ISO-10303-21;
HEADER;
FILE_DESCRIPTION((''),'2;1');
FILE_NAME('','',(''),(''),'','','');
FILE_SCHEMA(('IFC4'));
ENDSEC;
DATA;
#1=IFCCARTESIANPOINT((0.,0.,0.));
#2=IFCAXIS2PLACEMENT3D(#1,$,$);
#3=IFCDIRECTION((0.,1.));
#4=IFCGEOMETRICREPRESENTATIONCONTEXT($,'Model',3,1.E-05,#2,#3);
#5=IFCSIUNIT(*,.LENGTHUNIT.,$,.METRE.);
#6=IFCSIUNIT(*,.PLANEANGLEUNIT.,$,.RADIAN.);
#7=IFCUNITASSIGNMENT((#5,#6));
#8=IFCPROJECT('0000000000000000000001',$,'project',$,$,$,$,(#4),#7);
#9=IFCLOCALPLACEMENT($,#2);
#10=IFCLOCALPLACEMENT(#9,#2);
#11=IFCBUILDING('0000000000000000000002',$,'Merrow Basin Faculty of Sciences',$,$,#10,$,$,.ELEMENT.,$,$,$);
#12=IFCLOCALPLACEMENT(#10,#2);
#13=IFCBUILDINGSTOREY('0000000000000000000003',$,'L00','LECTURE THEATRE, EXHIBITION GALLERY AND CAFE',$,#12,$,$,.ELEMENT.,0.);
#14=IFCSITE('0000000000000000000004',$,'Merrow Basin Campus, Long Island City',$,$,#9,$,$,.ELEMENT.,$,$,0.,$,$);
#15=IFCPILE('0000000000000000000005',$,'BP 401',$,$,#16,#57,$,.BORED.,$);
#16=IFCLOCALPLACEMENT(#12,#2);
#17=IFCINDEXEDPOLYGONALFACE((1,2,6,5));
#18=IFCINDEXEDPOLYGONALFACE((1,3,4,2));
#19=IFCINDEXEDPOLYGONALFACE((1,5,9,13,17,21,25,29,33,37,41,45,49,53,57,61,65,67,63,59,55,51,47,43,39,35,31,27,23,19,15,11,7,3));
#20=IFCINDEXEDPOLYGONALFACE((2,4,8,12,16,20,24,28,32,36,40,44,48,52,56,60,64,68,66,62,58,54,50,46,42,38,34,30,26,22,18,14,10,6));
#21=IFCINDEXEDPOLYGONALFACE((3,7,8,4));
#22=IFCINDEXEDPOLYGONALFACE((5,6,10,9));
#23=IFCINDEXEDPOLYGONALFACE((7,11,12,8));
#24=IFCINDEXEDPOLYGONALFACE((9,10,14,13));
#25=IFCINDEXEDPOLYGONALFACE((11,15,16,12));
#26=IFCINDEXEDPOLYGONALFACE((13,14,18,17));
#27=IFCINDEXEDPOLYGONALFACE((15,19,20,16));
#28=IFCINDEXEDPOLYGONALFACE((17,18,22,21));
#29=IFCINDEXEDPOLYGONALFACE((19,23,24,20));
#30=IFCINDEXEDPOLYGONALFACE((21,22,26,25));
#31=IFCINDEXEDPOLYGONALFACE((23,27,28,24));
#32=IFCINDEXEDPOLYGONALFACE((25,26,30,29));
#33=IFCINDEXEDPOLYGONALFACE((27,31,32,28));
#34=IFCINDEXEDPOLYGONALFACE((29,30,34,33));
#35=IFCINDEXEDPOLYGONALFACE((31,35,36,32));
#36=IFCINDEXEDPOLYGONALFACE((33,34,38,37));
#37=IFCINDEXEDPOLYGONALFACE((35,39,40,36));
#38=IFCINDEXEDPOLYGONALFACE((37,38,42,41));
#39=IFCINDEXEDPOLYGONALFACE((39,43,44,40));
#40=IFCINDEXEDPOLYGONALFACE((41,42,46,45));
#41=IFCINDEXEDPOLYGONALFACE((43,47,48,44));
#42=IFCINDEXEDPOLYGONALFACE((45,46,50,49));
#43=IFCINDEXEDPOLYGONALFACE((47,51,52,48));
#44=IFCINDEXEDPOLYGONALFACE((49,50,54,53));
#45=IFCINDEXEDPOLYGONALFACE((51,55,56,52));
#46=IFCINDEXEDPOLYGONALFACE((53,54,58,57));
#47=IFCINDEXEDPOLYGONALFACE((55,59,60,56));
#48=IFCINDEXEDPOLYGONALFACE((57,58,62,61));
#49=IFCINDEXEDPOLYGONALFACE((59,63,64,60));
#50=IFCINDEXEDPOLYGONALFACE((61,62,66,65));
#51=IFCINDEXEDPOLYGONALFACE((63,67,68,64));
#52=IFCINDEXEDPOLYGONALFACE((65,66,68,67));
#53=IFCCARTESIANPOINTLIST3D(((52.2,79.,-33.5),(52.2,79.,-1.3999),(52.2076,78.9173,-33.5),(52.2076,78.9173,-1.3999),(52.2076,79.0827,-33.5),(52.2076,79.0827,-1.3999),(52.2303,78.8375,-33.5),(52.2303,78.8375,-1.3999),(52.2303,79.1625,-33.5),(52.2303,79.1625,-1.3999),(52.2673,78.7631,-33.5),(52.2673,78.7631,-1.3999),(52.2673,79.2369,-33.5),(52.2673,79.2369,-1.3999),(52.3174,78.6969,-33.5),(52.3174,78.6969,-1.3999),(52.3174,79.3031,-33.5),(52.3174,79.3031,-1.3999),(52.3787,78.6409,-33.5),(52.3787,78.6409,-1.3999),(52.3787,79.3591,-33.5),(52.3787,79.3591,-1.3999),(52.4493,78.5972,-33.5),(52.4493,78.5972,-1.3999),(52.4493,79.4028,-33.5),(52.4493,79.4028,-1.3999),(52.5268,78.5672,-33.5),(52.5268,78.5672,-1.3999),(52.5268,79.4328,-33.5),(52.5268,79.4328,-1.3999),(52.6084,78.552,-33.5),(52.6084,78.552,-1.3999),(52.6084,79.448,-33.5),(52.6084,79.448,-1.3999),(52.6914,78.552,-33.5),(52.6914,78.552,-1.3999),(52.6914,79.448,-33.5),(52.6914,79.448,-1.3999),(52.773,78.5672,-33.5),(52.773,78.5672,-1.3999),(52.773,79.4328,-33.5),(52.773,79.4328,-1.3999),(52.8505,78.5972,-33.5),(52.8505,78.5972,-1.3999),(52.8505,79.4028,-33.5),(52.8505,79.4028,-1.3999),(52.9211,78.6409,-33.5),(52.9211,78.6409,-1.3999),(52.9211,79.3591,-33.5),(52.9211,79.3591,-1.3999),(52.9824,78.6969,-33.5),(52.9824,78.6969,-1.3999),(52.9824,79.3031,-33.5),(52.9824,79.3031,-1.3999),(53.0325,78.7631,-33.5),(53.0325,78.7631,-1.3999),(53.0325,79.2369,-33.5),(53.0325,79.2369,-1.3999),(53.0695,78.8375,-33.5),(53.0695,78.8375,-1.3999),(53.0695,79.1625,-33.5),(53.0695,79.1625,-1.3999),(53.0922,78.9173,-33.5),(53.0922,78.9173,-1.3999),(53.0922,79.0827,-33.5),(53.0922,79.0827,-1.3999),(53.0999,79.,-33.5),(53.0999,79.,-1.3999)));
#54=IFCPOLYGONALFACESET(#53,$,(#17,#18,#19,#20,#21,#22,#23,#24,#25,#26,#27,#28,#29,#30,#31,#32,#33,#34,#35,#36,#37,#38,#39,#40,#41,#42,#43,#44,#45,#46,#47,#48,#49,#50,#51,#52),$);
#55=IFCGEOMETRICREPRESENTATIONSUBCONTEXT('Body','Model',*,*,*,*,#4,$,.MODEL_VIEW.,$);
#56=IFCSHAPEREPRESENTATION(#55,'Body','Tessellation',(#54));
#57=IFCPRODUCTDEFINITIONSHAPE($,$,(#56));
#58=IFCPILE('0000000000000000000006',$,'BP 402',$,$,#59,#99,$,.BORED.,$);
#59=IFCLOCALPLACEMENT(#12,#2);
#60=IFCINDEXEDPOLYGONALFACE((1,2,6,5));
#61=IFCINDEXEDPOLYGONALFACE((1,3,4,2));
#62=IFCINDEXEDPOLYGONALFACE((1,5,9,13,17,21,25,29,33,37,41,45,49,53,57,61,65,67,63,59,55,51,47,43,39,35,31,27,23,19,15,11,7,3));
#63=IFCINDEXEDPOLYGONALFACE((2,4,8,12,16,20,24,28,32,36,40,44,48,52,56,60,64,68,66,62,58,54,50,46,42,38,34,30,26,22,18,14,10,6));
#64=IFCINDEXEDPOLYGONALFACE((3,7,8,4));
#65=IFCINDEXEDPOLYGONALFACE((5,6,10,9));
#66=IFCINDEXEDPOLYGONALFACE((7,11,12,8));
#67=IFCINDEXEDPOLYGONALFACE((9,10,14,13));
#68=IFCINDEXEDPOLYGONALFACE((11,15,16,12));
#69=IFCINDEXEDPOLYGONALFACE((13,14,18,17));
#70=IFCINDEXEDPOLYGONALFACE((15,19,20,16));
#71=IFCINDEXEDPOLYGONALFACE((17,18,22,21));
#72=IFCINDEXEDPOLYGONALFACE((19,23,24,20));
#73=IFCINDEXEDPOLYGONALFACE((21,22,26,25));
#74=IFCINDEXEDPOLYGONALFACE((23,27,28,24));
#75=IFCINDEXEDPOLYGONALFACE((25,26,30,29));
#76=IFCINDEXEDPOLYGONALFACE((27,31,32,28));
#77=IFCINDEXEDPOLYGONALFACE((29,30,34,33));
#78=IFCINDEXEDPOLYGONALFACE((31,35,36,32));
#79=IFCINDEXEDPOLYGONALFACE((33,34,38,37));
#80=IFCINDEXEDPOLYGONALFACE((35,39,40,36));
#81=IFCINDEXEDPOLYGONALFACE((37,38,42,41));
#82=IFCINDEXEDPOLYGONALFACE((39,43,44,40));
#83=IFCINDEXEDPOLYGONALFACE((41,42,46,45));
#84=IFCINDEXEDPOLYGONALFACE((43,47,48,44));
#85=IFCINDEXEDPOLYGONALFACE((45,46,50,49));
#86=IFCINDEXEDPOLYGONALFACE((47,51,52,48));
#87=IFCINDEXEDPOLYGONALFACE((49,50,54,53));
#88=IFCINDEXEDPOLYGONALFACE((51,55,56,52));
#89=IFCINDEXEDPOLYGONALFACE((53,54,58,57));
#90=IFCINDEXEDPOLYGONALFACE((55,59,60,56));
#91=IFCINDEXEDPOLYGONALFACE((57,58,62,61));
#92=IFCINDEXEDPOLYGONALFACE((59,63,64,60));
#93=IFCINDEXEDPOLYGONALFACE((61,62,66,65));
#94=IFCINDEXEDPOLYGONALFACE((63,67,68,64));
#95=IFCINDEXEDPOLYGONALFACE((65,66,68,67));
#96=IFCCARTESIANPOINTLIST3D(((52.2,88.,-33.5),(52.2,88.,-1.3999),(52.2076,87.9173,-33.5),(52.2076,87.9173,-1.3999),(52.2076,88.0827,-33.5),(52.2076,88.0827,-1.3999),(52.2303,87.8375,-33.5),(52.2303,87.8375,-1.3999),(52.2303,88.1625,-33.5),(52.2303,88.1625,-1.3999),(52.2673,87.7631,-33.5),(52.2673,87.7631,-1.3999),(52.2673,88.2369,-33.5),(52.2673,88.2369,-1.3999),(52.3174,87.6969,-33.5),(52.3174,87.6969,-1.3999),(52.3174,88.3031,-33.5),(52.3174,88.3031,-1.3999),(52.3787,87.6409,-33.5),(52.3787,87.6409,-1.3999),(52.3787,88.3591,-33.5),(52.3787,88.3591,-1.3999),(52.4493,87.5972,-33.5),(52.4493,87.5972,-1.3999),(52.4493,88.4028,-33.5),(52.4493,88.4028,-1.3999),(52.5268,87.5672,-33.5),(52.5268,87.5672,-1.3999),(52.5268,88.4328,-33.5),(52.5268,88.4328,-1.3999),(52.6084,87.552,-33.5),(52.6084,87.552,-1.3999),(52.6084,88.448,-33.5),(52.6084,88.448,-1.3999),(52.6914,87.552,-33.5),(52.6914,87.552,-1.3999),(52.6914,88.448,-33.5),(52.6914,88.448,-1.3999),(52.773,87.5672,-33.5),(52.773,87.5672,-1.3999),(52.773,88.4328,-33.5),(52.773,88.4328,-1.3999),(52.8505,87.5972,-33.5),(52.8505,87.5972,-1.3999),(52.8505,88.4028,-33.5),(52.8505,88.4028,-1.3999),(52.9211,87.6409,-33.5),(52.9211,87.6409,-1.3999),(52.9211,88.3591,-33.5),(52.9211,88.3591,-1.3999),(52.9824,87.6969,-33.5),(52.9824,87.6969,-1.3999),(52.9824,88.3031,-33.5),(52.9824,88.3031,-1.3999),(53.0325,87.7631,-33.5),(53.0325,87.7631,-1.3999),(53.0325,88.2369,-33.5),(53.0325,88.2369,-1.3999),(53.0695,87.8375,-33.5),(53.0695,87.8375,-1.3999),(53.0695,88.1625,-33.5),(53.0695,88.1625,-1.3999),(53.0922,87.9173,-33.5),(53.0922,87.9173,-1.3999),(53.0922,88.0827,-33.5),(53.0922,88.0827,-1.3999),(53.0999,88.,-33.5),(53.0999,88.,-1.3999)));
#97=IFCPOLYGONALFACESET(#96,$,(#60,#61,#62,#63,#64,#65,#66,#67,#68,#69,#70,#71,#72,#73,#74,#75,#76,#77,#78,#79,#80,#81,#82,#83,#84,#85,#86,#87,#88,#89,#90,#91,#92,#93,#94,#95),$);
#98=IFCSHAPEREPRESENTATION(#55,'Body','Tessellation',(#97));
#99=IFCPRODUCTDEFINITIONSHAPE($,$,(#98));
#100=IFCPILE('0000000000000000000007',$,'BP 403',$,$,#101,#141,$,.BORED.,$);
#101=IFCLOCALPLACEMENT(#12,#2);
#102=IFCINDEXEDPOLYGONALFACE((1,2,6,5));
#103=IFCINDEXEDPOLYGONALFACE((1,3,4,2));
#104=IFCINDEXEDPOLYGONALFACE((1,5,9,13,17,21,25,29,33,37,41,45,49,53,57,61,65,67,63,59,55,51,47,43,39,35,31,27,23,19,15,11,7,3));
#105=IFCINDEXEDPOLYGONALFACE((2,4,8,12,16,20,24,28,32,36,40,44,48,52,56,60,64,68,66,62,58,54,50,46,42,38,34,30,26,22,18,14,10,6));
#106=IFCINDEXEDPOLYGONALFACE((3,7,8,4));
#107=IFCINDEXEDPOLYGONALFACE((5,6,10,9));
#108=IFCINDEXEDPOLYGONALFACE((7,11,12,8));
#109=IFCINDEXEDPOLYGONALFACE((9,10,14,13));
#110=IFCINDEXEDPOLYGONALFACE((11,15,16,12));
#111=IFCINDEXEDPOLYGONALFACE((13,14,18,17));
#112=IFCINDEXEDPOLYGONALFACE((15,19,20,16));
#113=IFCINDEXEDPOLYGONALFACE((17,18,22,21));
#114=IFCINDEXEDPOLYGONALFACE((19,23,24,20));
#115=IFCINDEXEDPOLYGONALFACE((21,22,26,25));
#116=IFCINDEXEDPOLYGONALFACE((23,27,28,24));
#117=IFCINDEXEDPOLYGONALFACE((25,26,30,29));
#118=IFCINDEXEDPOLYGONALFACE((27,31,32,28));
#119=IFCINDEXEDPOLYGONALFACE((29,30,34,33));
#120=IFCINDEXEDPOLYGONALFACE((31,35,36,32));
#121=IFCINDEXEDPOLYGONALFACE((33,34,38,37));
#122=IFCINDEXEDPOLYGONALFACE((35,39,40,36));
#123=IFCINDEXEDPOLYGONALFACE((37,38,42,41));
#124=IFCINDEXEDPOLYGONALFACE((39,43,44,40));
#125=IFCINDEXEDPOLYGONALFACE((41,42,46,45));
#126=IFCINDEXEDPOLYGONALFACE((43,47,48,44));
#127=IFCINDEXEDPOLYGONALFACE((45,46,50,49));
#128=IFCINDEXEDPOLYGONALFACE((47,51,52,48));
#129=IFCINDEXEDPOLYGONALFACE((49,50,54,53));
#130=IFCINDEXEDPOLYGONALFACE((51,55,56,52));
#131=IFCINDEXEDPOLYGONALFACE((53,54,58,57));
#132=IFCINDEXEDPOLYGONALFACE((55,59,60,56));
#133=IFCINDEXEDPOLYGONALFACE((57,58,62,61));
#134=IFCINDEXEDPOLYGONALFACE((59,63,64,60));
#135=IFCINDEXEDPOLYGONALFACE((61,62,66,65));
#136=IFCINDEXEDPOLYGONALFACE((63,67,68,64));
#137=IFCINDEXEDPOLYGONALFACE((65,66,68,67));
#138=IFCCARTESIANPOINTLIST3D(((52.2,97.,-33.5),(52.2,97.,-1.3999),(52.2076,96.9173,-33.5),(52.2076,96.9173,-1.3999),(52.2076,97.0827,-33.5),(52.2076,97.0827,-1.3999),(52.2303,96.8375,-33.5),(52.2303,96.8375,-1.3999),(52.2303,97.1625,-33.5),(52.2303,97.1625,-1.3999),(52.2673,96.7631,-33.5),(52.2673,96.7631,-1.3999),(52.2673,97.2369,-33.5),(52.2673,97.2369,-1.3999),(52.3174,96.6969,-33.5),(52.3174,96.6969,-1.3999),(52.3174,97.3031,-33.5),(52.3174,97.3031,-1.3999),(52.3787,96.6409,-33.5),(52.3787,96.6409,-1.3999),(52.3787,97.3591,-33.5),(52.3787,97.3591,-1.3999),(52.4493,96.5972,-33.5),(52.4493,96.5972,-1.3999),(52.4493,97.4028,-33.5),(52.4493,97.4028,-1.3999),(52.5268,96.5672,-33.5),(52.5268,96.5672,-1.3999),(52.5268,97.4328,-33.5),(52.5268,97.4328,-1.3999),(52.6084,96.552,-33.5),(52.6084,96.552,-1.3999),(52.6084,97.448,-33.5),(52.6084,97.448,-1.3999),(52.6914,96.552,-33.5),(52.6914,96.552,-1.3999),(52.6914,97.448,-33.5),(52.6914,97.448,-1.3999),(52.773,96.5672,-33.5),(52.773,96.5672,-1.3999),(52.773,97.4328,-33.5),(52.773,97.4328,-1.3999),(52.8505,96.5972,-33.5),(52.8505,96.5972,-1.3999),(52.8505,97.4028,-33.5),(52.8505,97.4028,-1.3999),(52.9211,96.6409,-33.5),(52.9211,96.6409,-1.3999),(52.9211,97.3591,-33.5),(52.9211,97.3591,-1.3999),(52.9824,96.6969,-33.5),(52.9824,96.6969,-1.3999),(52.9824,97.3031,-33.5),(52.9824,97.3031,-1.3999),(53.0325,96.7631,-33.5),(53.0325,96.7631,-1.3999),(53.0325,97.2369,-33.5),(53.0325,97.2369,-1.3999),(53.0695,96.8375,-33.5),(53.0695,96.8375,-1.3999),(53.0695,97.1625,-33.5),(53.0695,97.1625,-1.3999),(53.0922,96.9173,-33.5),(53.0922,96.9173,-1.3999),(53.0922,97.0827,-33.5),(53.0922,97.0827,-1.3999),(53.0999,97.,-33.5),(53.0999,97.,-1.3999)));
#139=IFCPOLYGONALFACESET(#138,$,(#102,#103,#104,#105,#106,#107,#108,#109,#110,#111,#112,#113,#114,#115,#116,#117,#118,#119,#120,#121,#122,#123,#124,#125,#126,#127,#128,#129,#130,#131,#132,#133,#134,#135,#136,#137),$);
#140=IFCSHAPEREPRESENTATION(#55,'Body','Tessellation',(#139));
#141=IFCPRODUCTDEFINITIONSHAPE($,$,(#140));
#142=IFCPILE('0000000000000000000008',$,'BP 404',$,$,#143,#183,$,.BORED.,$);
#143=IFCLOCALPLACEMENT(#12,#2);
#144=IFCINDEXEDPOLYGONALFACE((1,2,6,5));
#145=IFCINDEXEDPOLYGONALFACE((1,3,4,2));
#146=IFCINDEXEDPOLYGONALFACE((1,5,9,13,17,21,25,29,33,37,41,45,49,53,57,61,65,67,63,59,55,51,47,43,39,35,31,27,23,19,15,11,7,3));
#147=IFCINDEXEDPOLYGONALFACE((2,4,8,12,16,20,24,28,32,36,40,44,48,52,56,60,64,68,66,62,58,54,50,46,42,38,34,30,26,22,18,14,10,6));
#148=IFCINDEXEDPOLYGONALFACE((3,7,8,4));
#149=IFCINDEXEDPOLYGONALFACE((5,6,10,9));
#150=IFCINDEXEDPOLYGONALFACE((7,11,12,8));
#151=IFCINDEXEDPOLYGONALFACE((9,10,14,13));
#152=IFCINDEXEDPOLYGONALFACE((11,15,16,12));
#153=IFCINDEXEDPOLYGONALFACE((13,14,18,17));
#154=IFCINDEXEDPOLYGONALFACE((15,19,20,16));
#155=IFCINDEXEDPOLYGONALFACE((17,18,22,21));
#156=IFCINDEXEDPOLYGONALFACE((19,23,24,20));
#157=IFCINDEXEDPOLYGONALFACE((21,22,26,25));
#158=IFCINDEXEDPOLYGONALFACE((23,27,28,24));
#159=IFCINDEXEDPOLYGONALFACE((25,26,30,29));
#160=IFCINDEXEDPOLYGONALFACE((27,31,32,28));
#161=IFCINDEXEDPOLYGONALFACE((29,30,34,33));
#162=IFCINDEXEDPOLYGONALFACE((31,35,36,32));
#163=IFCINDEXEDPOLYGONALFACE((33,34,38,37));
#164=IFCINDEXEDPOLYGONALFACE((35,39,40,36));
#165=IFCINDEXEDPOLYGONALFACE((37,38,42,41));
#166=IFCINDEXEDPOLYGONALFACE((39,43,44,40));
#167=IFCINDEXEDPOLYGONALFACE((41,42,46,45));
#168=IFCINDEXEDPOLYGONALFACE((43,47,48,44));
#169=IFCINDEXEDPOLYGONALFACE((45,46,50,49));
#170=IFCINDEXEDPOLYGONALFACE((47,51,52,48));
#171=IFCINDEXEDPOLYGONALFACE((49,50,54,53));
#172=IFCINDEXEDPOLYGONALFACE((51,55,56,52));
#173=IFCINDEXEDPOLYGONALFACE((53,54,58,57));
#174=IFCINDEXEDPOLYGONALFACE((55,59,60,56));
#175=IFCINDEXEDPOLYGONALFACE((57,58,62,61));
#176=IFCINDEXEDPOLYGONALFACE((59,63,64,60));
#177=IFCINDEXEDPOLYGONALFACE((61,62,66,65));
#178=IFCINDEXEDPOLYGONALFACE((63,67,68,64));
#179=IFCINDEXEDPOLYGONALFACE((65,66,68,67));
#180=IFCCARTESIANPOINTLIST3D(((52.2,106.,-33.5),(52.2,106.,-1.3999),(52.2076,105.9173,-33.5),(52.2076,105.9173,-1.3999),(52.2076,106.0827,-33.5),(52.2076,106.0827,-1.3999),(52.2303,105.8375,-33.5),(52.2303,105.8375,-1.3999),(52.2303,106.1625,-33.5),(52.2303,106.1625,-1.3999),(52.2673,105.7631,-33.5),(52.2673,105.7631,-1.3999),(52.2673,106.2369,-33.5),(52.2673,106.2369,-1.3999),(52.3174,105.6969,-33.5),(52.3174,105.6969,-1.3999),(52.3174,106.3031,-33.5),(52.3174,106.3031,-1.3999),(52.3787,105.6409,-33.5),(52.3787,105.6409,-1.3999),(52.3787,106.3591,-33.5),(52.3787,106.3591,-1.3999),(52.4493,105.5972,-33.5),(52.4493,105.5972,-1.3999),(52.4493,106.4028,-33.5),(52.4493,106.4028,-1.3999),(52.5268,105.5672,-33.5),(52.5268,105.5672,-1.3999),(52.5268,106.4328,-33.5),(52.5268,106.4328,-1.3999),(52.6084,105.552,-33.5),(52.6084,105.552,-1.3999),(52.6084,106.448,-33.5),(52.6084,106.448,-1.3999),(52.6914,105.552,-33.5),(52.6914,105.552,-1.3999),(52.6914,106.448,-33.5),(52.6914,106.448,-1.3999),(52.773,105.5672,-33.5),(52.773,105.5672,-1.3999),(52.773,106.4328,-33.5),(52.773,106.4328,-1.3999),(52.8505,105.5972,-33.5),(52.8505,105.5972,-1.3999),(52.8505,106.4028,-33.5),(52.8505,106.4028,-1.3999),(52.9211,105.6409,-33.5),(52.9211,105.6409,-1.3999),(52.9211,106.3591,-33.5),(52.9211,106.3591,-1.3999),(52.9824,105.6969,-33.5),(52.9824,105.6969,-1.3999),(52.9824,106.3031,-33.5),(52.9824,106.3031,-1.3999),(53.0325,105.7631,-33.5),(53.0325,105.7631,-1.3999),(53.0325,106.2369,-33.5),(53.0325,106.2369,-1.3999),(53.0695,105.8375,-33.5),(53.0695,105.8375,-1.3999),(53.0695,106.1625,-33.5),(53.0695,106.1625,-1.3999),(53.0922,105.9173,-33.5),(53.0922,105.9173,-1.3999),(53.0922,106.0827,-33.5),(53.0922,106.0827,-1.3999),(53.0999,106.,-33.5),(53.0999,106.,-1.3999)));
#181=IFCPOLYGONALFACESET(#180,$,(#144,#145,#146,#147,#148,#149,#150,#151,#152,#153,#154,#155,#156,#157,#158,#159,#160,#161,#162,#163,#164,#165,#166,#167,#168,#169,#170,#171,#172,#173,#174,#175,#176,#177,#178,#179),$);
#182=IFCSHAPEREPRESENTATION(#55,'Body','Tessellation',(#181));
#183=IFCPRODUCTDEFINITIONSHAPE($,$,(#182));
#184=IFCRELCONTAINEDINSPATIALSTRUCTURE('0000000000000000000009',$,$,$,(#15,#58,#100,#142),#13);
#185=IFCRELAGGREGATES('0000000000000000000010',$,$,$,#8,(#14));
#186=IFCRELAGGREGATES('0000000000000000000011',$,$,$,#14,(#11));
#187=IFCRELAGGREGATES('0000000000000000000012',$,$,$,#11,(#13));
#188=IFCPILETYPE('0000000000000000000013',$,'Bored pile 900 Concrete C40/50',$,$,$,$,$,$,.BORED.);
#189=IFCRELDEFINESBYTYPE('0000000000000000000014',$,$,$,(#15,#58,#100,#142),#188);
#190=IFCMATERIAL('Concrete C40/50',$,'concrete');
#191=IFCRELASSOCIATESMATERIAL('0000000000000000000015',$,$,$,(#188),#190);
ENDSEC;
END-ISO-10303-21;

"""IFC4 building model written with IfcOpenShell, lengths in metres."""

from ifc_helpers import new_model, si_unit, direction, frame, origin, origin_2d, place, context, subcontext, project, spatial, circle, extrude, material, material_profile, profile_set, type_object, element, save


model = new_model("IFC4")

# Units and contexts
model_context = context("Model", 3, precision=1e-05, world=origin(), true_north=direction((0.0, 1.0)))
body_context = subcontext(model_context, "Body", "Model", "MODEL_VIEW")
ifc_project = project(units=[si_unit("LENGTHUNIT", "METRE"), si_unit("PLANEANGLEUNIT", "RADIAN")], contexts=[model_context])

# Site, building, storey
site_placement = place(None, origin())
site = spatial("IfcSite", under=ifc_project, at=site_placement, Name="Merrow Basin Campus, Long Island City", CompositionType="ELEMENT", RefElevation=0.0)
building_placement = place(site_placement, origin())
building = spatial("IfcBuilding", under=site, at=building_placement, Name="Merrow Basin Faculty of Sciences", CompositionType="ELEMENT")
storey_placement = place(building_placement, origin())
storey = spatial("IfcBuildingStorey", under=building, at=storey_placement, Name="L00", Description="LECTURE THEATRE, EXHIBITION GALLERY AND CAFE", CompositionType="ELEMENT", Elevation=0.0)

# Piles
ifc_material_1 = material(Name="Concrete C40/50", Category="concrete")
ifc_material_profile_1 = material_profile(ifc_material_1, circle(Radius=0.45, at=origin_2d()))
ifc_profile_set_1 = profile_set([ifc_material_profile_1], Name="Concrete C40/50")
pile_type_1 = type_object("IfcPileType", Name="Bored pile 900 Concrete C40/50", PredefinedType="BORED", material=ifc_profile_set_1)
for number, where, z_axis, x_axis, name in (
    (1, (52.6499, 79.0, -1.3999), (0.0, 0.0, -1.0), (1.0, 0.0, 0.0), "BP 401"),
    (2, (52.6499, 88.0, -1.3999), (0.0, 0.0, -1.0), (1.0, 0.0, 0.0), "BP 402"),
    (3, (52.6499, 97.0, -1.3999), (0.0, 0.0, -1.0), (1.0, 0.0, 0.0), "BP 403"),
    (4, (52.6499, 106.0, -1.3999), (0.0, 0.0, -1.0), (1.0, 0.0, 0.0), "BP 404"),
):
    element("IfcPile", number, at=place(storey_placement, frame(where, z_axis=z_axis, x_axis=x_axis)), inside=storey, type_object=pile_type_1, Name=name, PredefinedType="BORED", context=body_context, shape_type="SweptSolid", body=[
        extrude(circle(Radius=0.45, at=origin_2d()), origin(), (0.0, 0.0, 1.0), 32.1001),
    ])

save(model, "model.ifc")
